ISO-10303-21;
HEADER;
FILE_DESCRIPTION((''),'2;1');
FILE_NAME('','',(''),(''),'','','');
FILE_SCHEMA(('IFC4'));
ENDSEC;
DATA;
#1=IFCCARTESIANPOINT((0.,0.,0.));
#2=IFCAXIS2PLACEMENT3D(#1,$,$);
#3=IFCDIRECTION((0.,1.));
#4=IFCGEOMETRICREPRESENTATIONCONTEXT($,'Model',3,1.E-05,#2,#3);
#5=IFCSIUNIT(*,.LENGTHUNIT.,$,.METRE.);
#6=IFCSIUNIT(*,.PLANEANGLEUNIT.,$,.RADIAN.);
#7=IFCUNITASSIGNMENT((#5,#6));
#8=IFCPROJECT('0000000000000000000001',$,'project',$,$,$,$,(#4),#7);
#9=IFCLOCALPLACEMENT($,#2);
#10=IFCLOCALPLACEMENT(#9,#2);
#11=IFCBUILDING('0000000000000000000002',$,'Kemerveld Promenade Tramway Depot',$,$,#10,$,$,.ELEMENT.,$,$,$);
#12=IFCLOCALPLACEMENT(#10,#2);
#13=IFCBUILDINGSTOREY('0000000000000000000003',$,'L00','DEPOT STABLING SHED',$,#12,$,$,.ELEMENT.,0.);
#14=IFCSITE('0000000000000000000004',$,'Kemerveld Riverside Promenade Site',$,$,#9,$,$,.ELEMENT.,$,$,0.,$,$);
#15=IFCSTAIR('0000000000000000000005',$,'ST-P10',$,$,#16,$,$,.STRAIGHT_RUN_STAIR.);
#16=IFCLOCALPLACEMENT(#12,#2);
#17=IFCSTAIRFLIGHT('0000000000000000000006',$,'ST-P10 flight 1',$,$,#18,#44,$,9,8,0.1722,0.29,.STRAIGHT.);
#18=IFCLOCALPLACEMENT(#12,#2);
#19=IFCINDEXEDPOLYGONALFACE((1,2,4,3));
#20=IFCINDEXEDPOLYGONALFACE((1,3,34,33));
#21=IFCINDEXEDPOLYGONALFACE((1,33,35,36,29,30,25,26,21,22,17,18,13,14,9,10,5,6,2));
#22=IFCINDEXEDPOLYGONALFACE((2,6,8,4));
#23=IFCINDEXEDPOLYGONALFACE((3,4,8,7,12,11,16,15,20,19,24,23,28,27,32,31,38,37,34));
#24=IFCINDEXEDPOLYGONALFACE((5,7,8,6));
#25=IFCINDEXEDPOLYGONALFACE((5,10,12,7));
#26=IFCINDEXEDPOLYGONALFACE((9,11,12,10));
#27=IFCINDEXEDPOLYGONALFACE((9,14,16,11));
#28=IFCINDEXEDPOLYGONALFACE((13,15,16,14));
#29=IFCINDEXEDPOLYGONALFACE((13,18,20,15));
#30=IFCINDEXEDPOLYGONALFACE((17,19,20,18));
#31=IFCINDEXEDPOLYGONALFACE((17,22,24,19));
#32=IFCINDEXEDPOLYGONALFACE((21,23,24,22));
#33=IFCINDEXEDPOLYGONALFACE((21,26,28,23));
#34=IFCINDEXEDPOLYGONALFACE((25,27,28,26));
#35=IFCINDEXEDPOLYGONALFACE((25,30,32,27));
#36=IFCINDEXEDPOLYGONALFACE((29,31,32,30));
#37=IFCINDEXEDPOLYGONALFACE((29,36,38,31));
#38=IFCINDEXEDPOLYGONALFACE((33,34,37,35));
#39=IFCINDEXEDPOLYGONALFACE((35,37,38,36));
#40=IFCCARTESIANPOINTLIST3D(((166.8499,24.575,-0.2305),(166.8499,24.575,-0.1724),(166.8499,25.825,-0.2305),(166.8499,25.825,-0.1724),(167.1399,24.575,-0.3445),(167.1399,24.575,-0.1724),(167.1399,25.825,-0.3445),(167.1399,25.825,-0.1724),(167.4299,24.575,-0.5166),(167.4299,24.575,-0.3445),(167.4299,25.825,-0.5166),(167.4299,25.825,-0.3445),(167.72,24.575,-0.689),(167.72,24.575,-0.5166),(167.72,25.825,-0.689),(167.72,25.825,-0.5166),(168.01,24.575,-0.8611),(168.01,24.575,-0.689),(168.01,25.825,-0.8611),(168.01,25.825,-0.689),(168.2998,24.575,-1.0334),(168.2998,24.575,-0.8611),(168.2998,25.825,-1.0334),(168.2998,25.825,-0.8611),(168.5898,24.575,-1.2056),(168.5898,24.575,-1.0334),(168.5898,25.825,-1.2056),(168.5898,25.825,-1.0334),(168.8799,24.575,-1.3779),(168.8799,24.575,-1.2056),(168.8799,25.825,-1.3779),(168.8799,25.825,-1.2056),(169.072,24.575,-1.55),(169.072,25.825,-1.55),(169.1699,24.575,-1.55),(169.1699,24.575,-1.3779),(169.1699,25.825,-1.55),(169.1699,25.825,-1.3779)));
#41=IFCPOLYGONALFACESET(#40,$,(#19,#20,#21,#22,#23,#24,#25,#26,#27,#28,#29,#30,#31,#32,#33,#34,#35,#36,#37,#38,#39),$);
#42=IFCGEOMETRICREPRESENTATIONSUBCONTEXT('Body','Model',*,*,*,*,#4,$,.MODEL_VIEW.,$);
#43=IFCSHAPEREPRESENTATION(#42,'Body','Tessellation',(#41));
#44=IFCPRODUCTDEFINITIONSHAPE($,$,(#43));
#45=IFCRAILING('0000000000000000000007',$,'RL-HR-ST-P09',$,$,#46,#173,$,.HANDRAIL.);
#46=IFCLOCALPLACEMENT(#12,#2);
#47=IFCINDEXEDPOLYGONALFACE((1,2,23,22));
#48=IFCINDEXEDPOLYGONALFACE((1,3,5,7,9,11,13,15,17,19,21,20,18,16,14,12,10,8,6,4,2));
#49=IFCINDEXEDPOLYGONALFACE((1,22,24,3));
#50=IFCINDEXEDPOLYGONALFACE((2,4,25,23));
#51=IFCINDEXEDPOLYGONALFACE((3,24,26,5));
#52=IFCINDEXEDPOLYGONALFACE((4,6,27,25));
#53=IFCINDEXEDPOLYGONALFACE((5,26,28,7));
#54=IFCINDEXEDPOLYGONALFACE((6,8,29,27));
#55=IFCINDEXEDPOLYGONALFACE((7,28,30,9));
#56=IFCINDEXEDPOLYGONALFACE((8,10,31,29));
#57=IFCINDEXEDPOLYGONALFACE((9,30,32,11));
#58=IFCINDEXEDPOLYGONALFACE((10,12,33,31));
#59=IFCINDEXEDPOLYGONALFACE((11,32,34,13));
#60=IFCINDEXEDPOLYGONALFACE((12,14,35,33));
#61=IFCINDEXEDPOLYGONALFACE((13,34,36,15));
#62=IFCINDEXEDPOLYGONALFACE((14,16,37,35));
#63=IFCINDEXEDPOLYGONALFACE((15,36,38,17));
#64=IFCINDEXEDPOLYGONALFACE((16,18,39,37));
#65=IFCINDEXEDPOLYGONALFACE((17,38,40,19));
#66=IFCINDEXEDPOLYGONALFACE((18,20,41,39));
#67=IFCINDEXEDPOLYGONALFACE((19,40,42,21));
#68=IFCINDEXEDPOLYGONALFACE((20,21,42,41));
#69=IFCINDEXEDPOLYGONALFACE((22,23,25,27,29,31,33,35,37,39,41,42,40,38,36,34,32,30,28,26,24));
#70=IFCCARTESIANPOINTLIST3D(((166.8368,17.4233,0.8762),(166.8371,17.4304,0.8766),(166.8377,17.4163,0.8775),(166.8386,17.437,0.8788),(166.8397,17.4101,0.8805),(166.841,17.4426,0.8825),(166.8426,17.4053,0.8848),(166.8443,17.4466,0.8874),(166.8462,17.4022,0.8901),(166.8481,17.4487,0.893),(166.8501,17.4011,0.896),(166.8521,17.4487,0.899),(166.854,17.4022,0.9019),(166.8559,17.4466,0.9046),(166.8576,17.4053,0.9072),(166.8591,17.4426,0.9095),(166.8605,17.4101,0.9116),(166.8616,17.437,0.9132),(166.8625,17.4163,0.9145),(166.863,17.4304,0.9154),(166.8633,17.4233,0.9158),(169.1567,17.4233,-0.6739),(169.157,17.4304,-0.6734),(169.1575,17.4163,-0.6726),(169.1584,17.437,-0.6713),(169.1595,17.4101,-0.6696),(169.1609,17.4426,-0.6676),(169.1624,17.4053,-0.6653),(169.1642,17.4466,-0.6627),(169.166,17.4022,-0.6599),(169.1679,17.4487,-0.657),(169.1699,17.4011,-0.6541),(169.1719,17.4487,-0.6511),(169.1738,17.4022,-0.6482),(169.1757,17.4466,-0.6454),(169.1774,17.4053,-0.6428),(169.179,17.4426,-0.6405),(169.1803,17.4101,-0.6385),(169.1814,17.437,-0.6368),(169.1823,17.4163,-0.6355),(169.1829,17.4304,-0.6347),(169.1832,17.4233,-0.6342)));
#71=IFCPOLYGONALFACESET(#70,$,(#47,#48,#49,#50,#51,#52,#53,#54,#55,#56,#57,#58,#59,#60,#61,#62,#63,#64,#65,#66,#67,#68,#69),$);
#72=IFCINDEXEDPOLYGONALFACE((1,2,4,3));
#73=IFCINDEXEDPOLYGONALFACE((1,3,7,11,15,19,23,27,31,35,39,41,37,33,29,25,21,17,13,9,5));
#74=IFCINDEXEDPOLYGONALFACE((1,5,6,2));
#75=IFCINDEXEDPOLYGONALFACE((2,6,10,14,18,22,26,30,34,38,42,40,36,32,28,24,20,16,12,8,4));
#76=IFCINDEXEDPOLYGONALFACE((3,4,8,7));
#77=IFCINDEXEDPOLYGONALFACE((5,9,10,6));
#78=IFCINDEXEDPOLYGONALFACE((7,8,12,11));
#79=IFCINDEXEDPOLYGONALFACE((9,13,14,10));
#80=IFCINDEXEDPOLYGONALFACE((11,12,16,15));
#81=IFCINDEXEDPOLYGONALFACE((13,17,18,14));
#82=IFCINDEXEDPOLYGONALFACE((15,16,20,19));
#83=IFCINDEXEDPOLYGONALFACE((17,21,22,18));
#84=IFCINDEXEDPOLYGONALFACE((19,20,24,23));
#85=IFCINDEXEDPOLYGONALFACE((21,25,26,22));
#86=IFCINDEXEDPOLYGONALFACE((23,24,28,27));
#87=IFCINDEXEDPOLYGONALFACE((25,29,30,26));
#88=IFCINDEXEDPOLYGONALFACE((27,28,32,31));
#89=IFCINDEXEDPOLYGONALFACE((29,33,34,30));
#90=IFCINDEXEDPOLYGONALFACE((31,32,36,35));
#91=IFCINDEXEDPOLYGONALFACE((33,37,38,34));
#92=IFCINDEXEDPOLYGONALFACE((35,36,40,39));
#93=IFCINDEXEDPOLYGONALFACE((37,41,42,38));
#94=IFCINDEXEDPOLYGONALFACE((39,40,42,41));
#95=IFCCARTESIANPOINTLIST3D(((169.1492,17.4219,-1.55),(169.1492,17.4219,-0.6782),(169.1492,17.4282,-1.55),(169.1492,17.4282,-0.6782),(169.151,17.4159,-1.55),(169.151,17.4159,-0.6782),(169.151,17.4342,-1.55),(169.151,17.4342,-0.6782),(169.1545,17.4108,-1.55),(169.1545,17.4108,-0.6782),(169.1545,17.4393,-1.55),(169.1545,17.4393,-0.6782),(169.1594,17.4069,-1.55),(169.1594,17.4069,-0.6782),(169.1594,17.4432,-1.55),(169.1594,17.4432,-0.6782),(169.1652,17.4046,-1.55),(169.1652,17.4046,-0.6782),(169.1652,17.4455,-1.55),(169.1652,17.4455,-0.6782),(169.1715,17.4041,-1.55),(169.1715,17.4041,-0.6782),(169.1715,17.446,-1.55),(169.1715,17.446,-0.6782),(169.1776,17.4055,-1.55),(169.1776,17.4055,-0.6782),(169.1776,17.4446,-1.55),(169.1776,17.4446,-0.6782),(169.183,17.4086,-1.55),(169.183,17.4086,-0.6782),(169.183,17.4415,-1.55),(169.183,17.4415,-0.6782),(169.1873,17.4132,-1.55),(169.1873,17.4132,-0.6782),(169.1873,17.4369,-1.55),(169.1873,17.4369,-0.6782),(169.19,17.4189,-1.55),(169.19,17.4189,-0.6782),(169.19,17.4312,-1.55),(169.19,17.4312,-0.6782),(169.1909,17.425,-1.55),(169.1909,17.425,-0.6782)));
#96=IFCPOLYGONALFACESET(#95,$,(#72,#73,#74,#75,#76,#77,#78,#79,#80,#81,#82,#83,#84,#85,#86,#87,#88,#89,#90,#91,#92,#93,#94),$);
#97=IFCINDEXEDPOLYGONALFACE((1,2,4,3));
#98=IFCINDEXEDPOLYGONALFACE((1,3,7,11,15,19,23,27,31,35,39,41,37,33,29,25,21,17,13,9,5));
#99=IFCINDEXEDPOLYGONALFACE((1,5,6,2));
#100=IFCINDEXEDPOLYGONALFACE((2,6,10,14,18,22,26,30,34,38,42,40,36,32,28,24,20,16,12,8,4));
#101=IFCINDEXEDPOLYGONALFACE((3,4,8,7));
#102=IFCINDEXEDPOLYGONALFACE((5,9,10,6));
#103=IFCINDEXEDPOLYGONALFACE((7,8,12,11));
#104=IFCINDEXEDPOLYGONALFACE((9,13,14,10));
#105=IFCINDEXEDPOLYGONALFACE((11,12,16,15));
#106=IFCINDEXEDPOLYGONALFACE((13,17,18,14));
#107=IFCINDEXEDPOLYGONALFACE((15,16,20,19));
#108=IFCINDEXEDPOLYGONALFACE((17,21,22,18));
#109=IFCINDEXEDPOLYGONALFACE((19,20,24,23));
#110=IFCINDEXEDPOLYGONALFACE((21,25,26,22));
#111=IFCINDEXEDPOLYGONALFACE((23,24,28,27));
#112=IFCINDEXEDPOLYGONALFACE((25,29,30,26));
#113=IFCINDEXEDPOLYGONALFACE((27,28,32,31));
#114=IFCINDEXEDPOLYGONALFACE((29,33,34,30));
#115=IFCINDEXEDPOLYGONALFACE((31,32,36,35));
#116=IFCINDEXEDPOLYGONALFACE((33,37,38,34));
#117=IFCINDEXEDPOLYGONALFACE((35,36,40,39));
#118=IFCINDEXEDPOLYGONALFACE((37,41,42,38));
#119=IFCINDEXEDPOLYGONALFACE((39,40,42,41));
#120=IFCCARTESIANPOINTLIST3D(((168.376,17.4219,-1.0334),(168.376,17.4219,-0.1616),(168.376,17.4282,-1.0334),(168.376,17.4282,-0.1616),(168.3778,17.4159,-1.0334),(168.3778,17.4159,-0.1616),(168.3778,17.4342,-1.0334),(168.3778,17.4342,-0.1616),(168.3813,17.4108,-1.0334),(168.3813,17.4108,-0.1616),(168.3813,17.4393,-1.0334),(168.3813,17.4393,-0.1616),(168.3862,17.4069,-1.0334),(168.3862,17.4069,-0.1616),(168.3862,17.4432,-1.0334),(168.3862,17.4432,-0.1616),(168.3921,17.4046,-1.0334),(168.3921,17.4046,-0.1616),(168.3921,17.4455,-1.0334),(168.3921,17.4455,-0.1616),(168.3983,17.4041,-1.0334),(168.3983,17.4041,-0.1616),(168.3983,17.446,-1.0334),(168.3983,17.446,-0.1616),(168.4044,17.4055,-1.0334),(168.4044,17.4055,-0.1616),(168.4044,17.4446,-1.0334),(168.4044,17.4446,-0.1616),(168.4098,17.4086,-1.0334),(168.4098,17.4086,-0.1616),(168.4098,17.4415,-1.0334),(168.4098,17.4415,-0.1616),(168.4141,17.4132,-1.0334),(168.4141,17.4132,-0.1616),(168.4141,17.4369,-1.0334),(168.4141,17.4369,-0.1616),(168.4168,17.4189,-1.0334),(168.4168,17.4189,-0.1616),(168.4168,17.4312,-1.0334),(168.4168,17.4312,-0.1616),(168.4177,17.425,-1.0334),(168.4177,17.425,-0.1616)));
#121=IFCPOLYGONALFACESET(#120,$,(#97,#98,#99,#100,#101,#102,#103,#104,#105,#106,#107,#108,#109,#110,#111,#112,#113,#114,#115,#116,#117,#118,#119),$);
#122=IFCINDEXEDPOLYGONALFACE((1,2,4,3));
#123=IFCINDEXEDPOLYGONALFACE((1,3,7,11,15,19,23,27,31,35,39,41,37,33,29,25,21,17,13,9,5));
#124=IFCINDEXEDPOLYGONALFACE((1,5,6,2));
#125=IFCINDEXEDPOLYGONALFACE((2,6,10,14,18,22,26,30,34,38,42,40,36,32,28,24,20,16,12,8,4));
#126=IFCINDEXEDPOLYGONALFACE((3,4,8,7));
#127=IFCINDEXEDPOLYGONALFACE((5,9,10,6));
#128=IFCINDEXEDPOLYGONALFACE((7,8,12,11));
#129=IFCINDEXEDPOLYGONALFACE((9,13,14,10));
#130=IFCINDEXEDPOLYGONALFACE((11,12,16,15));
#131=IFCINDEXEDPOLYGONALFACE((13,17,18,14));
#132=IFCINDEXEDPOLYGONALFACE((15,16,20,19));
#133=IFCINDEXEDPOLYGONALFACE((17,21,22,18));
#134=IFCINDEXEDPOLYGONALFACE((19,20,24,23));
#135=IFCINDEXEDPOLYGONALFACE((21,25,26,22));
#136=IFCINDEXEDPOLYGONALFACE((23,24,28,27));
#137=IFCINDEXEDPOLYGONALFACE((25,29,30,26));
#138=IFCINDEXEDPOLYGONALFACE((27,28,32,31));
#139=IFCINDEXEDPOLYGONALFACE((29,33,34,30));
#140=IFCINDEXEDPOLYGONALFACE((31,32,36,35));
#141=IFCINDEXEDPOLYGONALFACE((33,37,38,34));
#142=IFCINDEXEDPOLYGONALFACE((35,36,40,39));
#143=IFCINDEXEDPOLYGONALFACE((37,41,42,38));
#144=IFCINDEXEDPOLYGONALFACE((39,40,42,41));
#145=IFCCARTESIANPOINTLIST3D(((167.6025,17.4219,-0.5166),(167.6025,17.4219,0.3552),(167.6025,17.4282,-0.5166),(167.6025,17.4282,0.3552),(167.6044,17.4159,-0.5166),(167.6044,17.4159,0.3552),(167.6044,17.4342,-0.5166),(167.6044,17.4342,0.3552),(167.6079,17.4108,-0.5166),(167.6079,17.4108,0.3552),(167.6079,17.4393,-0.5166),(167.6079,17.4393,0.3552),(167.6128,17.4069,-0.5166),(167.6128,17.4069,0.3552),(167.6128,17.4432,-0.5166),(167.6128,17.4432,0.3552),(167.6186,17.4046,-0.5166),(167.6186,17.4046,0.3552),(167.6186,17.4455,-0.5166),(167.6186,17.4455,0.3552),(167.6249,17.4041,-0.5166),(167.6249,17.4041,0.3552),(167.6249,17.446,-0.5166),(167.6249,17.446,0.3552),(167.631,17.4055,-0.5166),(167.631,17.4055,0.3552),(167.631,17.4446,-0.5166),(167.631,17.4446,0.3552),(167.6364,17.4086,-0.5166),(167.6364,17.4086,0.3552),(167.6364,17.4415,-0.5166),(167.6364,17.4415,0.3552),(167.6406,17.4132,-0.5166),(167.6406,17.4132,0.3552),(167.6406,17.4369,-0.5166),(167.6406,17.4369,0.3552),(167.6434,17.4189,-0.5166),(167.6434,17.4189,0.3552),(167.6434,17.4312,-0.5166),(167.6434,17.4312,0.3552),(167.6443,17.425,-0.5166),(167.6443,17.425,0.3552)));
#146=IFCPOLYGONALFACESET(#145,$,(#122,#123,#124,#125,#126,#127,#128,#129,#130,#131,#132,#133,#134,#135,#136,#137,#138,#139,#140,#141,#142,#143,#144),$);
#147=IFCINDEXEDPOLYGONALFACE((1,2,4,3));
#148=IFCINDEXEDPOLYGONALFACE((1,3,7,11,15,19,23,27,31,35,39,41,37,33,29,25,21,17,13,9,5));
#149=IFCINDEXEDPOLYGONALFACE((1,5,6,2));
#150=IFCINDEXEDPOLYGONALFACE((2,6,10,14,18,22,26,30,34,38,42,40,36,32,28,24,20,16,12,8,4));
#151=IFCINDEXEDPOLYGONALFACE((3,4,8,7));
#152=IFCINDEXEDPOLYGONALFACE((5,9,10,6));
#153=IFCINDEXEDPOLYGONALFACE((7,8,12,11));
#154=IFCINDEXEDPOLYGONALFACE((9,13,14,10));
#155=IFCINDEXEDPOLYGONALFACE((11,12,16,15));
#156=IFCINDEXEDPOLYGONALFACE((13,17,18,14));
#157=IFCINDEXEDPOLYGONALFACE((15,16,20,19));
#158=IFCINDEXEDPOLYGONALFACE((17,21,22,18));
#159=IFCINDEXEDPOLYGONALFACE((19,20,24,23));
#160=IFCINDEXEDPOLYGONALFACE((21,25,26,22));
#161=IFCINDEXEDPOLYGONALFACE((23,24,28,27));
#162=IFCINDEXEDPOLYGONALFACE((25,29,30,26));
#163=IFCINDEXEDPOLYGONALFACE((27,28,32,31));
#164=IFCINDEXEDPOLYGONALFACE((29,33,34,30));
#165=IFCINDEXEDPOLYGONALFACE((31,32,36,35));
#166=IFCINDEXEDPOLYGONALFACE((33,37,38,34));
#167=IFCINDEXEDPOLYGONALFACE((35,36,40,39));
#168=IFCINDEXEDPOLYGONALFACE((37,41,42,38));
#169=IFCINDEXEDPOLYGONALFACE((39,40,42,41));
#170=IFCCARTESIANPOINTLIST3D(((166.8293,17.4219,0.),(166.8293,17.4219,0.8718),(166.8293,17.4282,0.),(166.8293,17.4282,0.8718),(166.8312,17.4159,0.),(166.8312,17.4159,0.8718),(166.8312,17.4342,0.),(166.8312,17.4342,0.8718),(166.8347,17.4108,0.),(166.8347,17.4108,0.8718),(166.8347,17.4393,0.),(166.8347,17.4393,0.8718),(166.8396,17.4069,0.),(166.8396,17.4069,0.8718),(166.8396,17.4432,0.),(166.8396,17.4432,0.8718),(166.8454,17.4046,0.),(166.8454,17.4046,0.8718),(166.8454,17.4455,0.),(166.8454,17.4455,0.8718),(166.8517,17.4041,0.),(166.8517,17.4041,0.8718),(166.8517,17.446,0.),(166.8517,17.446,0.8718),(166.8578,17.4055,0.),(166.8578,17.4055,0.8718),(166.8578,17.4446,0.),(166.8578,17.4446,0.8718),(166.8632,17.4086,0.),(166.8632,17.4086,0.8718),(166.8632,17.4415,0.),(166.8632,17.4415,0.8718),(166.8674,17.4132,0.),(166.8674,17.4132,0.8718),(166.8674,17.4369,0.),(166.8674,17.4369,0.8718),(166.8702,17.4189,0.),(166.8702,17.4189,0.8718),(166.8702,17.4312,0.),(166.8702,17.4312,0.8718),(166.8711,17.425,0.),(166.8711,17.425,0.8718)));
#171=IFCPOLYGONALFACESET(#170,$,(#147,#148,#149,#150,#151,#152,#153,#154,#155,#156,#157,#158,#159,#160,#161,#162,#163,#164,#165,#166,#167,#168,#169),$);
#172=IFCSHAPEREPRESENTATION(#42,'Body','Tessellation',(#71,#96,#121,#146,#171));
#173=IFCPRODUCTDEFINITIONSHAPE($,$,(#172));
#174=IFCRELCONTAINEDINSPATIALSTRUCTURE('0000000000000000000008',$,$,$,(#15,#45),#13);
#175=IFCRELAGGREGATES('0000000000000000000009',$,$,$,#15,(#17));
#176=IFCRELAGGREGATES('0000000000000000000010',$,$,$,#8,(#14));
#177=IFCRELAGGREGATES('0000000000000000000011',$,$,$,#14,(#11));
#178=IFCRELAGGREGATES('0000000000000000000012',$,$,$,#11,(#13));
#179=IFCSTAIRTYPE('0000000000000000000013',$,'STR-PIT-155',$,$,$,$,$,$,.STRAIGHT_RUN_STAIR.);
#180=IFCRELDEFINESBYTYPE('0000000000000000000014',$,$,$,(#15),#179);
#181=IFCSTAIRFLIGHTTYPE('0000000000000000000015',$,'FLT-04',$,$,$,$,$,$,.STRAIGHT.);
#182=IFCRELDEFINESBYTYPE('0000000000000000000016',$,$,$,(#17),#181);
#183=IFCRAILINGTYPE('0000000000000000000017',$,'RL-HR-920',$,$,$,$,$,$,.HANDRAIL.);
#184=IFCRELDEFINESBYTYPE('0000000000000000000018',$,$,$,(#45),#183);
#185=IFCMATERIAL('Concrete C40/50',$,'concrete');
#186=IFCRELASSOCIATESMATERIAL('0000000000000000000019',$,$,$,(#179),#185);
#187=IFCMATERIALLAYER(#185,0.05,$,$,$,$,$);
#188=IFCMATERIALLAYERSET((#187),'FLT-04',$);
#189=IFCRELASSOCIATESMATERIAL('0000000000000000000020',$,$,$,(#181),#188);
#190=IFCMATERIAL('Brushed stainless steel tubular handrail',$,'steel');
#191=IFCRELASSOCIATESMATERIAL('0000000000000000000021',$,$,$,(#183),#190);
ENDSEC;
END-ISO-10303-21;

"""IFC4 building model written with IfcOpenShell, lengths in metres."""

from ifc_helpers import new_model, si_unit, direction, frame, origin, origin_2d, place, context, subcontext, project, spatial, polyline, circle, outline, extrude, material, layer, layer_set, type_object, element, aggregate, save


model = new_model("IFC4")

# Units and contexts
model_context = context("Model", 3, precision=1e-05, world=origin(), true_north=direction((0.0, 1.0)))
body_context = subcontext(model_context, "Body", "Model", "MODEL_VIEW")
ifc_project = project(units=[si_unit("LENGTHUNIT", "METRE"), si_unit("PLANEANGLEUNIT", "RADIAN")], contexts=[model_context])

# Site, building, storey
site_placement = place(None, origin())
site = spatial("IfcSite", under=ifc_project, at=site_placement, Name="Kemerveld Riverside Promenade Site", CompositionType="ELEMENT", RefElevation=0.0)
building_placement = place(site_placement, origin())
building = spatial("IfcBuilding", under=site, at=building_placement, Name="Kemerveld Promenade Tramway Depot", CompositionType="ELEMENT")
storey_placement = place(building_placement, origin())
storey = spatial("IfcBuildingStorey", under=building, at=storey_placement, Name="L00", Description="DEPOT STABLING SHED", CompositionType="ELEMENT", Elevation=0.0)

# Shared definitions
ifc_material_1 = material(Name="Concrete C40/50", Category="concrete")

# Stair, stair flight
stair_type = type_object("IfcStairType", Name="STR-PIT-155", PredefinedType="STRAIGHT_RUN_STAIR", material=ifc_material_1)
ifc_layer_1 = layer(ifc_material_1, 0.05)
ifc_layer_set_1 = layer_set([ifc_layer_1], Name="FLT-04")
stair_flight_type = type_object("IfcStairFlightType", Name="FLT-04", PredefinedType="STRAIGHT", material=ifc_layer_set_1)
stair_1_placement = place(storey_placement, origin())
stair_1 = element("IfcStair", 1, at=stair_1_placement, inside=storey, type_object=stair_type, Name="ST-P10", PredefinedType="STRAIGHT_RUN_STAIR")
stair_flight_1_placement = place(storey_placement, frame((169.1699, 25.2, -1.55), z_axis=(0.0, 0.0, 1.0), x_axis=(-1.0, 0.0, 0.0)))
stair_flight_1 = element("IfcStairFlight", 2, at=stair_flight_1_placement, type_object=stair_flight_type, Name="ST-P10 flight 1", NumberOfRisers=9, NumberOfTreads=8, PredefinedType="STRAIGHT", RiserHeight=0.1722, TreadLength=0.29, context=body_context, shape_type="SweptSolid", body=[
    extrude(outline(polyline([(0.0, 0.0), (0.0, 0.1721), (0.29, 0.1721), (0.29, 0.3445), (0.5801, 0.3445), (0.5801, 0.5166), (0.8701, 0.5166), (0.8701, 0.689), (1.1599, 0.689), (1.1599, 0.8611), (1.45, 0.8611), (1.45, 1.0334), (1.74, 1.0334), (1.74, 1.2056), (2.03, 1.2056), (2.03, 1.3777), (2.3201, 1.3777), (2.3201, 1.55), (2.3201, 1.3196), (0.0979, 0.0), (0.0, 0.0)])), frame((0.0, 0.625, 0.0), z_axis=(0.0, -1.0, 0.0), x_axis=(1.0, 0.0, 0.0)), (0.0, 0.0, 1.0), 1.25),
])
aggregate(stair_1, [stair_flight_1])

# Railing
ifc_material_2 = material(Name="Brushed stainless steel tubular handrail", Category="steel")
railing_type_1 = type_object("IfcRailingType", Name="RL-HR-920", PredefinedType="HANDRAIL", material=ifc_material_2)
for number, where, name in (
    (3, (169.1699, 17.425, -1.55), "RL-HR-ST-P09"),
):
    element("IfcRailing", number, at=place(storey_placement, frame(where)), inside=storey, type_object=railing_type_1, Name=name, PredefinedType="HANDRAIL", context=body_context, shape_type="SweptSolid", body=[
        extrude(circle(Radius=0.0239, at=origin_2d()), frame((0.0, 0.0, 0.896), z_axis=(-0.831471, 0.0, 0.555568), x_axis=(0.0, -1.0, 0.0)), (0.0, 0.0, 1.0), 2.79),
        extrude(circle(Radius=0.021, at=origin_2d()), origin(), (0.0, 0.0, 1.0), 0.8718),
        extrude(circle(Radius=0.021, at=origin_2d()), frame((-0.7732, 0.0, 0.5166)), (0.0, 0.0, 1.0), 0.8718),
        extrude(circle(Radius=0.021, at=origin_2d()), frame((-1.5466, 0.0, 1.0334)), (0.0, 0.0, 1.0), 0.8718),
        extrude(circle(Radius=0.021, at=origin_2d()), frame((-2.3198, 0.0, 1.55)), (0.0, 0.0, 1.0), 0.8718),
    ])

save(model, "model.ifc")
